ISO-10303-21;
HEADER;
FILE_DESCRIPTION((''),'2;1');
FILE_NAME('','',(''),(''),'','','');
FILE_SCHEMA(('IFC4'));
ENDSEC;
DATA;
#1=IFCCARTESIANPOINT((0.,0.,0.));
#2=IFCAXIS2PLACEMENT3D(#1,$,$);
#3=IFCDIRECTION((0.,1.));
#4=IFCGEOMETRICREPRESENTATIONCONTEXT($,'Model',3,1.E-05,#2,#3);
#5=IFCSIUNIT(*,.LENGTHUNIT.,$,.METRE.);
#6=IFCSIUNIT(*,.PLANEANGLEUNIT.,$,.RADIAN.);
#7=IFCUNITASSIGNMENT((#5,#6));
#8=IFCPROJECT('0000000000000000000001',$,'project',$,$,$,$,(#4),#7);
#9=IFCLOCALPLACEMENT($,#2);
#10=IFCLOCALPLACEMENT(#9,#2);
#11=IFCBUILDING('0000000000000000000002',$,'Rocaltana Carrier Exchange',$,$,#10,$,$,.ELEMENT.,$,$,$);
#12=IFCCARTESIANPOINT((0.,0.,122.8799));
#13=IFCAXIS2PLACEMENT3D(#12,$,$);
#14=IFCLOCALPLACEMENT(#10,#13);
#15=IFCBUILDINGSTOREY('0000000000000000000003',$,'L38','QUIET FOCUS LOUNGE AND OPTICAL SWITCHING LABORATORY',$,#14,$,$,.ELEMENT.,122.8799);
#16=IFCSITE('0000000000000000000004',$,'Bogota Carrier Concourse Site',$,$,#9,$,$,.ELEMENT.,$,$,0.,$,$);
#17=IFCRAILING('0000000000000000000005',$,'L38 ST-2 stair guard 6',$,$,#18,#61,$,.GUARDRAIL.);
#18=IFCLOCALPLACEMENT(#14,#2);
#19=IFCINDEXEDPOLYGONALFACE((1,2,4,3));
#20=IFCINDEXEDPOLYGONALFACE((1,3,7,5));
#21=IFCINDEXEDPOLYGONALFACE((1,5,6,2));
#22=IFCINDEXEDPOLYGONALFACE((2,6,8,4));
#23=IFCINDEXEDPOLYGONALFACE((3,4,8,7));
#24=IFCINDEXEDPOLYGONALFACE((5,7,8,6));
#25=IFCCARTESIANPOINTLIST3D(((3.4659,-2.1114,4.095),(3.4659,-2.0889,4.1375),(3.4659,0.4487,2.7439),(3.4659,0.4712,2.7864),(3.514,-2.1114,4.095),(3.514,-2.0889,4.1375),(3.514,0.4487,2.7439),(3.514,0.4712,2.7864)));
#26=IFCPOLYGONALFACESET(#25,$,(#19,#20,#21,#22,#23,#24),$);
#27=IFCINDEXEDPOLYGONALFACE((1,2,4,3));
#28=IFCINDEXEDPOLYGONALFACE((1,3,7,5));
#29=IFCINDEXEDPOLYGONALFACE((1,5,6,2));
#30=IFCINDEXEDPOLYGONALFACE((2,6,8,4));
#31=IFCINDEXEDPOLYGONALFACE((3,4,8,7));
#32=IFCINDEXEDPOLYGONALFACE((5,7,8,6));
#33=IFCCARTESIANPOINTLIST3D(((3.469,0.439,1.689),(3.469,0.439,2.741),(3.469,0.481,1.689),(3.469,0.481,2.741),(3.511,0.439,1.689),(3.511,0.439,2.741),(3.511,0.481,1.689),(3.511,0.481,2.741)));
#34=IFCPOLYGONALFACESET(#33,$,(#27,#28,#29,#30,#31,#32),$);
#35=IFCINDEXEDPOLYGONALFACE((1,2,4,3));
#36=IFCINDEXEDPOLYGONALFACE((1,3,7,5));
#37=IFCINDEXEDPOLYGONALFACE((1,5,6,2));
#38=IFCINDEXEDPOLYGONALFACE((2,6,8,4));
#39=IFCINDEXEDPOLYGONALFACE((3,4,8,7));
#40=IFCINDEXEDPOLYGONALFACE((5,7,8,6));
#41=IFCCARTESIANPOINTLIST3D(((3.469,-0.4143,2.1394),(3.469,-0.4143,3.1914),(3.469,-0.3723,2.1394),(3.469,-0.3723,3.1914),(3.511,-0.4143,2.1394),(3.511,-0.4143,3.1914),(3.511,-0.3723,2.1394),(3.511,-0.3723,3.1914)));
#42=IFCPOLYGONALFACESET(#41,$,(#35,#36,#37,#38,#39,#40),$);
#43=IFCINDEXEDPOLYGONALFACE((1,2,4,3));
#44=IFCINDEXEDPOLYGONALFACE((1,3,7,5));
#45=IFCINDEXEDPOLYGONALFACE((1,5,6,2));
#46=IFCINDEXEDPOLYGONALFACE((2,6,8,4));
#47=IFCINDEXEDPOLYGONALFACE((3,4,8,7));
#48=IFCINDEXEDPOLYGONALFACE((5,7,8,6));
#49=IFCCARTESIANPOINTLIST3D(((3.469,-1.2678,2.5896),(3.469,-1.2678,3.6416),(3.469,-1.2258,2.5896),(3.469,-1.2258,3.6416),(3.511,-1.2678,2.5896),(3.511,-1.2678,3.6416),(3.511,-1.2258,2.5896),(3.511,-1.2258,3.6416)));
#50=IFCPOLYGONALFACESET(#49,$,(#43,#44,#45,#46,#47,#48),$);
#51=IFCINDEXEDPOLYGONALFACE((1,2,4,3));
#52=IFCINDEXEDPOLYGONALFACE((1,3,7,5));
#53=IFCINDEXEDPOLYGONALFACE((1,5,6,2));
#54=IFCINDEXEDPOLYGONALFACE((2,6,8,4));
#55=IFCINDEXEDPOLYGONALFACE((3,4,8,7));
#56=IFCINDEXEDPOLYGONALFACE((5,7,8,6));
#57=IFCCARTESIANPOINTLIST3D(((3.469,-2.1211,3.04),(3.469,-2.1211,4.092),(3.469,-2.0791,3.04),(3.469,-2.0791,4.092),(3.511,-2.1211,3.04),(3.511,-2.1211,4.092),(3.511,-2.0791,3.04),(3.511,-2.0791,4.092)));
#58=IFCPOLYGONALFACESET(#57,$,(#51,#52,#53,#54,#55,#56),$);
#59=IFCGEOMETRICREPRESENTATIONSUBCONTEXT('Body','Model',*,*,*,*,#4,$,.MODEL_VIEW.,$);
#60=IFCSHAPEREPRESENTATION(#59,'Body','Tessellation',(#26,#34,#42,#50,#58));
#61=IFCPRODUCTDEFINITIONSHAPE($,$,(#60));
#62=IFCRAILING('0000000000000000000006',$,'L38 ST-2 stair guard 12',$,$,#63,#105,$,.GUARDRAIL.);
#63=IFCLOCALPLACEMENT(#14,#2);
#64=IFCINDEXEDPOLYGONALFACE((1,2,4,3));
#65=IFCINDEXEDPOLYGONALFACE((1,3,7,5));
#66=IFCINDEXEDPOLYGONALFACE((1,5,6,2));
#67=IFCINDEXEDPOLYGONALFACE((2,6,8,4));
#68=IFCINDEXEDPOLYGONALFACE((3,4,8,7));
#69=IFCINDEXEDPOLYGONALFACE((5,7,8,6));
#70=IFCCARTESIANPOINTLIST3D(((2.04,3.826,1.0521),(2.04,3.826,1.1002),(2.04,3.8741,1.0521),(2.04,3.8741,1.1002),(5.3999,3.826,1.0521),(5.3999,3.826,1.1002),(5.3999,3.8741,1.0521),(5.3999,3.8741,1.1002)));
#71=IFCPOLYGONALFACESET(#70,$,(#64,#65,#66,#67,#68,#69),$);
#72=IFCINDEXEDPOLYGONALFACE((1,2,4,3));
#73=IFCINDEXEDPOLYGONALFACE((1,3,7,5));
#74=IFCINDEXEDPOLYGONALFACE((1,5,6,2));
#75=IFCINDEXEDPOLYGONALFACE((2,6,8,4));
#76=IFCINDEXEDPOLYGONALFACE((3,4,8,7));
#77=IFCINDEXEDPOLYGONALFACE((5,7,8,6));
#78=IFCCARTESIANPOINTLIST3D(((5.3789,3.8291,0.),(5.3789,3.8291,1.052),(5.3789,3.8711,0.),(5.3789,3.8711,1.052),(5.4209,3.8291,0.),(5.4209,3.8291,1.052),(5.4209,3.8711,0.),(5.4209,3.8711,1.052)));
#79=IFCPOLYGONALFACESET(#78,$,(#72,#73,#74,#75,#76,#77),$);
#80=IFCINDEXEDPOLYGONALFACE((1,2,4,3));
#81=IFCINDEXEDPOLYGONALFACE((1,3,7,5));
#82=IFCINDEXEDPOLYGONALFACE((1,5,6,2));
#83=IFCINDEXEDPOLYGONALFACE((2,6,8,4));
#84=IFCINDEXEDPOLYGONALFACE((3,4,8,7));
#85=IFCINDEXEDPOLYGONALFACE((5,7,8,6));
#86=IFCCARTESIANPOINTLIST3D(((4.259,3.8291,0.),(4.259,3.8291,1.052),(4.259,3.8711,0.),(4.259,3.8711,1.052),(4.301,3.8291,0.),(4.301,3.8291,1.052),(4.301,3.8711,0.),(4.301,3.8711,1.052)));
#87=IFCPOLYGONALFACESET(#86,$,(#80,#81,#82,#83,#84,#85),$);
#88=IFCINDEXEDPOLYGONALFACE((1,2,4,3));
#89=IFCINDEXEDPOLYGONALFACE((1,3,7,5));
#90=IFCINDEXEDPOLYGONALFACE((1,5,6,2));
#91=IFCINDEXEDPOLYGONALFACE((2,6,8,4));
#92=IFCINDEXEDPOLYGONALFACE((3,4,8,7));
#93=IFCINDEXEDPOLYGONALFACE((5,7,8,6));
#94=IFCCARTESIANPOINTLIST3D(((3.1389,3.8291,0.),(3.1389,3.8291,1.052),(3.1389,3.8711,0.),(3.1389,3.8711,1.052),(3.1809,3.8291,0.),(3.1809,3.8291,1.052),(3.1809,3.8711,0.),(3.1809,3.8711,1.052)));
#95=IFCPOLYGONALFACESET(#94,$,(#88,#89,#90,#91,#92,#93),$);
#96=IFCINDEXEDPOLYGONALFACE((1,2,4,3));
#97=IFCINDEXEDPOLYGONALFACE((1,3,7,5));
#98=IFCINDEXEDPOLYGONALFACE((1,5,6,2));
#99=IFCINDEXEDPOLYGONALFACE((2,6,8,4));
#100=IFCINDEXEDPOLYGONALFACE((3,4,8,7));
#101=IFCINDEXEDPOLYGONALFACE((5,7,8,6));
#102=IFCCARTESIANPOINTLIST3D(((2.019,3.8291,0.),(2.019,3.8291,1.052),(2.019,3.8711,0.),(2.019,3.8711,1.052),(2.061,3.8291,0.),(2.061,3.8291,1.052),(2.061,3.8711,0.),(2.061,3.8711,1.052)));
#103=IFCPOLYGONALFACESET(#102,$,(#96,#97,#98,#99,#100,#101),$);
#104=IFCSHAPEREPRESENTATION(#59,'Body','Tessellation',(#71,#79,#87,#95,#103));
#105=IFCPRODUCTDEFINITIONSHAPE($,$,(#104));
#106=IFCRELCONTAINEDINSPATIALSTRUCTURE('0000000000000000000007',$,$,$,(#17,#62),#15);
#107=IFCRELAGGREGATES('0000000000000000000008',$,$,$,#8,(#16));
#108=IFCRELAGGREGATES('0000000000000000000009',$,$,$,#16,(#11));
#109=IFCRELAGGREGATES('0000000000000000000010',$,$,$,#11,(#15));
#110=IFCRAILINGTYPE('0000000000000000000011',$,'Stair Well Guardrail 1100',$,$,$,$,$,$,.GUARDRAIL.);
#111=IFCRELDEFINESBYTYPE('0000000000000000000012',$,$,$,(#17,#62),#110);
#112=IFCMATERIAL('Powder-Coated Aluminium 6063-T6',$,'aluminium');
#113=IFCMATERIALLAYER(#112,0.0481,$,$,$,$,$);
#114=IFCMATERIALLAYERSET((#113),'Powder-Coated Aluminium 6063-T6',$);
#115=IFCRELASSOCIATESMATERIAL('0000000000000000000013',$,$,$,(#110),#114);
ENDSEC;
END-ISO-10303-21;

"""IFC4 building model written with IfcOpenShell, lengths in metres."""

from ifc_helpers import new_model, si_unit, direction, frame, origin, origin_2d, place, context, subcontext, project, spatial, rectangle, extrude, material, layer, layer_set, type_object, element, save


model = new_model("IFC4")

# Units and contexts
model_context = context("Model", 3, precision=1e-05, world=origin(), true_north=direction((0.0, 1.0)))
body_context = subcontext(model_context, "Body", "Model", "MODEL_VIEW")
ifc_project = project(units=[si_unit("LENGTHUNIT", "METRE"), si_unit("PLANEANGLEUNIT", "RADIAN")], contexts=[model_context])

# Site, building, storey
site_placement = place(None, origin())
site = spatial("IfcSite", under=ifc_project, at=site_placement, Name="Bogota Carrier Concourse Site", CompositionType="ELEMENT", RefElevation=0.0)
building_placement = place(site_placement, origin())
building = spatial("IfcBuilding", under=site, at=building_placement, Name="Rocaltana Carrier Exchange", CompositionType="ELEMENT")
storey_placement = place(building_placement, frame((0.0, 0.0, 122.8799)))
storey = spatial("IfcBuildingStorey", under=building, at=storey_placement, Name="L38", Description="QUIET FOCUS LOUNGE AND OPTICAL SWITCHING LABORATORY", CompositionType="ELEMENT", Elevation=122.8799)

# Railings
ifc_material_1 = material(Name="Powder-Coated Aluminium 6063-T6", Category="aluminium")
ifc_layer_1 = layer(ifc_material_1, 0.0481)
ifc_layer_set_1 = layer_set([ifc_layer_1], Name="Powder-Coated Aluminium 6063-T6")
railing_type_1 = type_object("IfcRailingType", Name="Stair Well Guardrail 1100", PredefinedType="GUARDRAIL", material=ifc_layer_set_1)
railing_1_placement = place(storey_placement, frame((3.49, 0.46, 1.689)))
element("IfcRailing", 1, at=railing_1_placement, inside=storey, type_object=railing_type_1, Name="L38 ST-2 stair guard 6", PredefinedType="GUARDRAIL", context=body_context, shape_type="SweptSolid", body=[
    extrude(rectangle(XDim=0.0481, YDim=0.0481, at=origin_2d()), frame((0.0, 0.0, 1.0762), z_axis=(0.0, -0.884394, 0.46674), x_axis=(1.0, 0.0, 0.0)), (0.0, 0.0, 1.0), 2.8948),
    extrude(rectangle(XDim=0.042, YDim=0.042, at=origin_2d()), origin(), (0.0, 0.0, 1.0), 1.052),
    extrude(rectangle(XDim=0.042, YDim=0.042, at=origin_2d()), frame((0.0, -0.8533, 0.4504)), (0.0, 0.0, 1.0), 1.052),
    extrude(rectangle(XDim=0.042, YDim=0.042, at=origin_2d()), frame((0.0, -1.7068, 0.9006)), (0.0, 0.0, 1.0), 1.052),
    extrude(rectangle(XDim=0.042, YDim=0.042, at=origin_2d()), frame((0.0, -2.5601, 1.3511)), (0.0, 0.0, 1.0), 1.052),
])
railing_2_placement = place(storey_placement, frame((5.3999, 3.8501, 0.0)))
element("IfcRailing", 2, at=railing_2_placement, inside=storey, type_object=railing_type_1, Name="L38 ST-2 stair guard 12", PredefinedType="GUARDRAIL", context=body_context, shape_type="SweptSolid", body=[
    extrude(rectangle(XDim=0.0481, YDim=0.0481, at=origin_2d()), frame((0.0, 0.0, 1.0762), z_axis=(-1.0, 0.0, 0.0), x_axis=(0.0, -1.0, 0.0)), (0.0, 0.0, 1.0), 3.3599),
    extrude(rectangle(XDim=0.042, YDim=0.042, at=origin_2d()), origin(), (0.0, 0.0, 1.0), 1.052),
    extrude(rectangle(XDim=0.042, YDim=0.042, at=origin_2d()), frame((-1.1199, 0.0, 0.0)), (0.0, 0.0, 1.0), 1.052),
    extrude(rectangle(XDim=0.042, YDim=0.042, at=origin_2d()), frame((-2.24, 0.0, 0.0)), (0.0, 0.0, 1.0), 1.052),
    extrude(rectangle(XDim=0.042, YDim=0.042, at=origin_2d()), frame((-3.3599, 0.0, 0.0)), (0.0, 0.0, 1.0), 1.052),
])

save(model, "model.ifc")
